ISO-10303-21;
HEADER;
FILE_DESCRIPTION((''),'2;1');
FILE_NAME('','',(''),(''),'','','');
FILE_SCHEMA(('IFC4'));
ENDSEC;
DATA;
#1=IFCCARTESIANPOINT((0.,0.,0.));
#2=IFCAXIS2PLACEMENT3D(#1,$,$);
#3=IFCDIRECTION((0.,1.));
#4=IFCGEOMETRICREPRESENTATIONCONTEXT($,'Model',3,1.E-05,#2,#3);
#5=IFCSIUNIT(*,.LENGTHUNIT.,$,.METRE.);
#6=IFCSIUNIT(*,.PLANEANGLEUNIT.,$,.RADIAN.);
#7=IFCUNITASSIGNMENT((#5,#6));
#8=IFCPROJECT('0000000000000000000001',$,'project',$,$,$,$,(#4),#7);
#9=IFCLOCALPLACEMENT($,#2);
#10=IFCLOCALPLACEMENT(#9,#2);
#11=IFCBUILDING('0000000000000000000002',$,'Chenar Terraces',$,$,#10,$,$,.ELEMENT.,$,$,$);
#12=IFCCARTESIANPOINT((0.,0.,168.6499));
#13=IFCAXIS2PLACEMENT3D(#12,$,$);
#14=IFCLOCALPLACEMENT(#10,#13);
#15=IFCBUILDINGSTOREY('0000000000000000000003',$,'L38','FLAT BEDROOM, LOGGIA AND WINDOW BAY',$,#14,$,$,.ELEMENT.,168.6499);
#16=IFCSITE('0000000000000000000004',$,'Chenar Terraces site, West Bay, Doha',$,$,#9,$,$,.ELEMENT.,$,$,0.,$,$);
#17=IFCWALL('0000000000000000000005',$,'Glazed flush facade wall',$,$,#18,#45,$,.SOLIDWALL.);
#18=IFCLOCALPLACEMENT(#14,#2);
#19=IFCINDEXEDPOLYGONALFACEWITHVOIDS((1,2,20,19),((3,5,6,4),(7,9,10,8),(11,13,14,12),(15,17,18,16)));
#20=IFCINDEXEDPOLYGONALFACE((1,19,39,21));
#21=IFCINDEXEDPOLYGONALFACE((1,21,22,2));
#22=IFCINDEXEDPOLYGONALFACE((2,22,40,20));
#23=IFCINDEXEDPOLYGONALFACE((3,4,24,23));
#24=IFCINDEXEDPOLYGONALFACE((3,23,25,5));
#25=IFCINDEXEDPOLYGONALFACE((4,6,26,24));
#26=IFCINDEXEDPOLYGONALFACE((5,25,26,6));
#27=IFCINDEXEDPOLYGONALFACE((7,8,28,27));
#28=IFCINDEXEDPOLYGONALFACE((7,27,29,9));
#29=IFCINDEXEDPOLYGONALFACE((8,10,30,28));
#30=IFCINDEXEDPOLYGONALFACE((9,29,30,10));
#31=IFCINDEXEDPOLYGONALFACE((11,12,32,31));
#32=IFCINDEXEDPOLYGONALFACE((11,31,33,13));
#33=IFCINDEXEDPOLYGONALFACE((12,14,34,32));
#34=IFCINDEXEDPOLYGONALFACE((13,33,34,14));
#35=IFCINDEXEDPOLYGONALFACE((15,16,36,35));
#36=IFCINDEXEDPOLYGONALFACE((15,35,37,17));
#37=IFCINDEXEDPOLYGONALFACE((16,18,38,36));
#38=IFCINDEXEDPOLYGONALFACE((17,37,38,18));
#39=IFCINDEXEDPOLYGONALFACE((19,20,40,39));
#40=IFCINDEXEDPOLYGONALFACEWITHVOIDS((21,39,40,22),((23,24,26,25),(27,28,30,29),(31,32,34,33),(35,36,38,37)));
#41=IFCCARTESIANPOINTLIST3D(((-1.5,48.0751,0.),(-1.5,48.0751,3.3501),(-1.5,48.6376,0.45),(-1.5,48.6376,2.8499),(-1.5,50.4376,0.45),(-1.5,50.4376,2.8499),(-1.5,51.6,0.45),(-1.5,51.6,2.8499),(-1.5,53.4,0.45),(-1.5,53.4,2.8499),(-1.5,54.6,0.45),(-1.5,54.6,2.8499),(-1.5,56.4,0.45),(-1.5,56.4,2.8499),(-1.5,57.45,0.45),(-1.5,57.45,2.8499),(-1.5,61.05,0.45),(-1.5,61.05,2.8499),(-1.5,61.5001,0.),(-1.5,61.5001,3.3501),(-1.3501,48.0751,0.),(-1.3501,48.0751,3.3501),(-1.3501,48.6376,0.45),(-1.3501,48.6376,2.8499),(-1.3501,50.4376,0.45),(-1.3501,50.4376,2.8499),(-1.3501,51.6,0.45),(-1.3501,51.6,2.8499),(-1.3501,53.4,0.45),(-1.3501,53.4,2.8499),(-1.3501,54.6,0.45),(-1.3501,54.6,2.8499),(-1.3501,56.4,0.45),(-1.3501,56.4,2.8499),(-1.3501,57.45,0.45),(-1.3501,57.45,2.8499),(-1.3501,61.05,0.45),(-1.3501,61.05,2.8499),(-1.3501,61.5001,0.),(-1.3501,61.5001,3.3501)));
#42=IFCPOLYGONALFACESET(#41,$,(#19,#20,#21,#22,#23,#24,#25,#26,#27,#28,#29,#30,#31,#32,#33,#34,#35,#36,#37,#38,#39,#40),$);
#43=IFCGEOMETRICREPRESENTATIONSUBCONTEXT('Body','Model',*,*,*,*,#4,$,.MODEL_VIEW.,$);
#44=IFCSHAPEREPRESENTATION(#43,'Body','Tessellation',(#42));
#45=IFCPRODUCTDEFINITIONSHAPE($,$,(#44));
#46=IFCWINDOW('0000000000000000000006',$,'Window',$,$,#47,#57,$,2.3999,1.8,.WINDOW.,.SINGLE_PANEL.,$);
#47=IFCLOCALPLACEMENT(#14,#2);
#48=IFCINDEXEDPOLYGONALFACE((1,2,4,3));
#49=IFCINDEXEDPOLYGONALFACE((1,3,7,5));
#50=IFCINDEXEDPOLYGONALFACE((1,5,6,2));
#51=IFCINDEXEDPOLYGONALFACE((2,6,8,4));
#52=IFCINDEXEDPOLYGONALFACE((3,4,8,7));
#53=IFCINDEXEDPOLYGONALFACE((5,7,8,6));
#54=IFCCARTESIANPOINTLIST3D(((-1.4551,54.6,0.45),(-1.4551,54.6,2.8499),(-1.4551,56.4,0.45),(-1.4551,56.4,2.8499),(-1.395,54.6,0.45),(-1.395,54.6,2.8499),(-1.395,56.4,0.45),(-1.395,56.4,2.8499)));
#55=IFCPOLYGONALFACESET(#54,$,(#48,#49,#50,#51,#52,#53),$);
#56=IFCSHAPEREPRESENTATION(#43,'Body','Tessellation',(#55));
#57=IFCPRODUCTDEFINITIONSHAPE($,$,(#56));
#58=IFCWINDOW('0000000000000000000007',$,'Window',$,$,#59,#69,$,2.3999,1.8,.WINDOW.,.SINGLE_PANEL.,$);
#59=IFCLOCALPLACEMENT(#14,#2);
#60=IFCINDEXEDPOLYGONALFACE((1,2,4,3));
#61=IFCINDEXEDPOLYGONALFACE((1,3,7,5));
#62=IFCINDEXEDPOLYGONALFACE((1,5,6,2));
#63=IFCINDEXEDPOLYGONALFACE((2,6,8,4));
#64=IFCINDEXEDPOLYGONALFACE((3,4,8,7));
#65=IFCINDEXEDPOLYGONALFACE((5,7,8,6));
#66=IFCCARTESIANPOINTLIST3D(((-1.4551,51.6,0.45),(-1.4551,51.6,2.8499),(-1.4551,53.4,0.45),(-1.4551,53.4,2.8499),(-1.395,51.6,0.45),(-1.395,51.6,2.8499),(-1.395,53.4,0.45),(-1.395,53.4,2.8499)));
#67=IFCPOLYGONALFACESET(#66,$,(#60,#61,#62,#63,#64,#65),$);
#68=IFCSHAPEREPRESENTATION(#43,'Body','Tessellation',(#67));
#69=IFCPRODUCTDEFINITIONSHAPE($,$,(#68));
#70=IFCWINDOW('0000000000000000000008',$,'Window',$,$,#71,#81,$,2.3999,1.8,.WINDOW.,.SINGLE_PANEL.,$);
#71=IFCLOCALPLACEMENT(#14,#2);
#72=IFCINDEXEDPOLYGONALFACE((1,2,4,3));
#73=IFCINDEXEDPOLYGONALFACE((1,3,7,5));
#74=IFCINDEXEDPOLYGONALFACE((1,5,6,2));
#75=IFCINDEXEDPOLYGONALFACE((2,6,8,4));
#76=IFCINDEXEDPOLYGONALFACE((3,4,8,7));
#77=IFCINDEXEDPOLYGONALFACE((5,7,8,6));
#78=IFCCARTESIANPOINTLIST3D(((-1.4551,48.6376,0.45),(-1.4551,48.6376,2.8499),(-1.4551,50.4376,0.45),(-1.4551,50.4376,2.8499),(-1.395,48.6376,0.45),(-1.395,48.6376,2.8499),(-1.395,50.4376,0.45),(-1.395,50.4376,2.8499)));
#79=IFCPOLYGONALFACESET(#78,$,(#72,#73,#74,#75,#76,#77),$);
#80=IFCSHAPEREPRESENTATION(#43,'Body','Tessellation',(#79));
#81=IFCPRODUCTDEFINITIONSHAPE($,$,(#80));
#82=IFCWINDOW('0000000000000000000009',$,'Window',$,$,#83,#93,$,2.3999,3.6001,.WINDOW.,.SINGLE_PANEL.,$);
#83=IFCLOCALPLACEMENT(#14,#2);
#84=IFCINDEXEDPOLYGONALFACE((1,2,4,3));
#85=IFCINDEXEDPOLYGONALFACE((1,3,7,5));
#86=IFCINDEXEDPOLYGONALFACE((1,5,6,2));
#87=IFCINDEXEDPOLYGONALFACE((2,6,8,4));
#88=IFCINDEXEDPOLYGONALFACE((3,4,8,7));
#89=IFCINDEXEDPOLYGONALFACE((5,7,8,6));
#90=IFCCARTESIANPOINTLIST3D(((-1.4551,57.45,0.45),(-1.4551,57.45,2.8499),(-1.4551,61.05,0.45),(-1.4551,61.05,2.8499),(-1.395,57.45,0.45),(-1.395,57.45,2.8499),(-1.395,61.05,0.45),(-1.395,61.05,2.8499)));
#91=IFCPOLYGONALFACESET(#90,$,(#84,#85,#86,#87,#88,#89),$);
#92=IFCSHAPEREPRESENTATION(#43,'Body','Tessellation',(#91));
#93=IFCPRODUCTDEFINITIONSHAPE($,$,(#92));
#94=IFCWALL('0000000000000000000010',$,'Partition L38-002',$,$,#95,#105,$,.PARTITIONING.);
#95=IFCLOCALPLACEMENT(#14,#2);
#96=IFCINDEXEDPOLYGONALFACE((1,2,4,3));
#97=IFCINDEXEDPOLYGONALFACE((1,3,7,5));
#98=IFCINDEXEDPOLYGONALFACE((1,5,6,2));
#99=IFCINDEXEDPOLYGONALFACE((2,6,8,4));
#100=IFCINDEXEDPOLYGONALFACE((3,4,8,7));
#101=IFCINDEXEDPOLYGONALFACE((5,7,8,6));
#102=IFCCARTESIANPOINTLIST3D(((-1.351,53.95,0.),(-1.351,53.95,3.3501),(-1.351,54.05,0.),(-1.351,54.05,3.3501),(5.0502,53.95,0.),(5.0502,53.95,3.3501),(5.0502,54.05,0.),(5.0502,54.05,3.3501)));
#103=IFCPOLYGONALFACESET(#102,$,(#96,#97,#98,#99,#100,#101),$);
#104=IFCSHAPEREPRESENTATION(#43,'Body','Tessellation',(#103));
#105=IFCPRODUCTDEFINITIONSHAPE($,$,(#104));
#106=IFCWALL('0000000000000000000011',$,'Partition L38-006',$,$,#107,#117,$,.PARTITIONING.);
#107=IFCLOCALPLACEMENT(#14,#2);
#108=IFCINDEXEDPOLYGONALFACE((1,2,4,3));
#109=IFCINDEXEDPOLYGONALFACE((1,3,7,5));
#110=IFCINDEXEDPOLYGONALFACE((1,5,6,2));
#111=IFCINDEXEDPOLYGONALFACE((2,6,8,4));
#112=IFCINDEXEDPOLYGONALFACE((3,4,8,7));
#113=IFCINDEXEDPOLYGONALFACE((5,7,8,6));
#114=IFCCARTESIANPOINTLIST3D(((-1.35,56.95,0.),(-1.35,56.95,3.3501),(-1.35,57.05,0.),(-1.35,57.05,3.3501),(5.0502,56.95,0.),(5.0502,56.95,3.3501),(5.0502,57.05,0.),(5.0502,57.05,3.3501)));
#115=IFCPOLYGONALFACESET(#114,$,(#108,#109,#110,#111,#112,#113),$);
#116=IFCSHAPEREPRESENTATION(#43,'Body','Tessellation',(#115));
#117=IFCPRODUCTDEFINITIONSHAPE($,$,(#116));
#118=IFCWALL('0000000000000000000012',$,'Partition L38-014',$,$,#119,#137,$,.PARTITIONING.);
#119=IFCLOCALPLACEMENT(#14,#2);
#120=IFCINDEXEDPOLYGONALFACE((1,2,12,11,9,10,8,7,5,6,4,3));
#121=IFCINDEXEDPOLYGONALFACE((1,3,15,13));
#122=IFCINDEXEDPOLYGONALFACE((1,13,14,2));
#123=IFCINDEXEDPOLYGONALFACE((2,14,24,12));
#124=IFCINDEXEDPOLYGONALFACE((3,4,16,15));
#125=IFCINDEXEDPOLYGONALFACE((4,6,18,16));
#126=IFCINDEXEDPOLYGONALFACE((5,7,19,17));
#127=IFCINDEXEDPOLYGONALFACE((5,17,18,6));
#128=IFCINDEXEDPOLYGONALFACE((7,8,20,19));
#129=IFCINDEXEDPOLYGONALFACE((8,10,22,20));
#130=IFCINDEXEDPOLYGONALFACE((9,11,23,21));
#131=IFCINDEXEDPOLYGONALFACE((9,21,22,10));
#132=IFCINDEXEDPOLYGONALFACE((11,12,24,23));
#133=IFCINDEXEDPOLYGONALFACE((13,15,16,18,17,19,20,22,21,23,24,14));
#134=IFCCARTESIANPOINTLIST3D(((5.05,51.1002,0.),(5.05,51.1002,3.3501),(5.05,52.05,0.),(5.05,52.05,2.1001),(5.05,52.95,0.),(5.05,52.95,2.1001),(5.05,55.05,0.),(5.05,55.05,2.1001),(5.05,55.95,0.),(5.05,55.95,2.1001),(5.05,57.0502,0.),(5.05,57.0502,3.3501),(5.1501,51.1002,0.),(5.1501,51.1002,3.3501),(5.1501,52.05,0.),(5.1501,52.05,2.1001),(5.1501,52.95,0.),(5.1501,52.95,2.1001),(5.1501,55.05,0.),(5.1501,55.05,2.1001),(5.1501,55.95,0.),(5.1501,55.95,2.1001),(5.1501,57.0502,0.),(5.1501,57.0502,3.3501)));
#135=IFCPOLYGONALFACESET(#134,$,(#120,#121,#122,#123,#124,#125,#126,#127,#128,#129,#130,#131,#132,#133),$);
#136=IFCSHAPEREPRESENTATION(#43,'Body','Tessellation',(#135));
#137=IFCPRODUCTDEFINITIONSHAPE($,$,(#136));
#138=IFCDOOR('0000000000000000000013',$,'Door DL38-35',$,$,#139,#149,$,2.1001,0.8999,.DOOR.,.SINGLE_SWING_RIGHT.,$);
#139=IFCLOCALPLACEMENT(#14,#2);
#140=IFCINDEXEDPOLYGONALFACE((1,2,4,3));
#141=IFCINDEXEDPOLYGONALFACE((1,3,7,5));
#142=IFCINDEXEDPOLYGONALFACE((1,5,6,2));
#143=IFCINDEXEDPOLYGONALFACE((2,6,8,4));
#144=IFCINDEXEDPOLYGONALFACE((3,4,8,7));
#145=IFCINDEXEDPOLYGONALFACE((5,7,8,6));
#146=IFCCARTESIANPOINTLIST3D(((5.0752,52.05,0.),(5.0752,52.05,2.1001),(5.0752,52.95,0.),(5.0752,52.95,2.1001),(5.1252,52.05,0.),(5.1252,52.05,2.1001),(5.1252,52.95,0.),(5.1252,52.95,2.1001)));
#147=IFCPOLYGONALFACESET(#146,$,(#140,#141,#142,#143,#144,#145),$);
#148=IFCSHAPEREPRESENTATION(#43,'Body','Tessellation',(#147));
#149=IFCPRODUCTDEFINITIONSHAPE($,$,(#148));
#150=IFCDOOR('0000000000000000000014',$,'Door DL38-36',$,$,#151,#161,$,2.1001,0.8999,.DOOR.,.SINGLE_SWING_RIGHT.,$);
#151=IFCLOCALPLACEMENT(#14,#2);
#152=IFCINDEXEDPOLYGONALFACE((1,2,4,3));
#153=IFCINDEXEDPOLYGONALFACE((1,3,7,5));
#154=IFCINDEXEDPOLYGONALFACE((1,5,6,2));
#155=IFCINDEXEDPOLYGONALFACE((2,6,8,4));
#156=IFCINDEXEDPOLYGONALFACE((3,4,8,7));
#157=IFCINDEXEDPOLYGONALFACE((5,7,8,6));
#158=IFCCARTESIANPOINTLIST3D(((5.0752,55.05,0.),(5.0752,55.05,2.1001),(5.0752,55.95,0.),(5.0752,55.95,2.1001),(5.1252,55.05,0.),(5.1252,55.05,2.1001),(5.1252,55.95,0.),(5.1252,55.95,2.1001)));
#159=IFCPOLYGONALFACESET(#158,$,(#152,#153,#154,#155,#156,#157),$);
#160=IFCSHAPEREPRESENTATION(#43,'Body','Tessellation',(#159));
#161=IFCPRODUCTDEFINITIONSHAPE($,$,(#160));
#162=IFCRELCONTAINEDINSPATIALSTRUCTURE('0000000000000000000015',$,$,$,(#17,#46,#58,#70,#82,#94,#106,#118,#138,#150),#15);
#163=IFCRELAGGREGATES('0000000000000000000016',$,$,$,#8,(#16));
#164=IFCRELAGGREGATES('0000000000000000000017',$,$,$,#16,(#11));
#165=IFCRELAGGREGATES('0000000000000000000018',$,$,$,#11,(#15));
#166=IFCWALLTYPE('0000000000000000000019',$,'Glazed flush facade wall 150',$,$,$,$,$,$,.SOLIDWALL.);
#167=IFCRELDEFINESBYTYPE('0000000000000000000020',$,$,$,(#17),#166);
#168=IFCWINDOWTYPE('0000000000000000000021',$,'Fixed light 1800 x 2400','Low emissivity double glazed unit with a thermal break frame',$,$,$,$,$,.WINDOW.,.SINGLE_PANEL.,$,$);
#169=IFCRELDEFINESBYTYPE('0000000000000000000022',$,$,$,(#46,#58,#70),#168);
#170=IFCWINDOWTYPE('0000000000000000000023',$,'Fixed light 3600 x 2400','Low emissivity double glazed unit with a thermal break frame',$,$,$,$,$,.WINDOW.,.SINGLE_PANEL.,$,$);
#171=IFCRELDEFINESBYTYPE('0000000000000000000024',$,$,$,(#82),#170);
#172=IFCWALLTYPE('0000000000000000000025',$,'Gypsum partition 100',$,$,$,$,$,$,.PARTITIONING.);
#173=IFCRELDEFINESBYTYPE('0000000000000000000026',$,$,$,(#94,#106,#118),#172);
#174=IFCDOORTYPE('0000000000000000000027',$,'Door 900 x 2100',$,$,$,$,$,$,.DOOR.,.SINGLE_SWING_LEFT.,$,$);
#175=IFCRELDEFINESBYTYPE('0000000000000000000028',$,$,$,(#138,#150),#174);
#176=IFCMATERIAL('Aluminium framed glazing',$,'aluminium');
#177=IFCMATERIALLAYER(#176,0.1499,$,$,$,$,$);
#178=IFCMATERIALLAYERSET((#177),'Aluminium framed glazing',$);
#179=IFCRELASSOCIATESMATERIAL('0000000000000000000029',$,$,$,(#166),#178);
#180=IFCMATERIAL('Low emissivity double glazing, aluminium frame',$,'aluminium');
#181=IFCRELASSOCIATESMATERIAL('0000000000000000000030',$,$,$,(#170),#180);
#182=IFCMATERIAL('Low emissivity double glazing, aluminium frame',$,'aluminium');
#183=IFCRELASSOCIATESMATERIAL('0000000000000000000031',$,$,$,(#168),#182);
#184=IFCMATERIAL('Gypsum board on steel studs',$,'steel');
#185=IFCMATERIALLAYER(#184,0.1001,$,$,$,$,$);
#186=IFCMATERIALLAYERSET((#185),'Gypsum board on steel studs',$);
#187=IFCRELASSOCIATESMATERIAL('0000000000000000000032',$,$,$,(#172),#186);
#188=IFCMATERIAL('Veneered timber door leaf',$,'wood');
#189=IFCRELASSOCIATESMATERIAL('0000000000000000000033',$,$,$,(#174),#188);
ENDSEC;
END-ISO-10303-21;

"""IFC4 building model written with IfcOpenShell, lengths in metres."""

from ifc_helpers import new_model, si_unit, direction, frame, frame_2d, origin, place, context, subcontext, project, spatial, rectangle, extrude, material, layer, layer_set, type_object, element, fill, save


model = new_model("IFC4")

# Units and contexts
model_context = context("Model", 3, precision=1e-05, world=origin(), true_north=direction((0.0, 1.0)))
body_context = subcontext(model_context, "Body", "Model", "MODEL_VIEW")
ifc_project = project(units=[si_unit("LENGTHUNIT", "METRE"), si_unit("PLANEANGLEUNIT", "RADIAN")], contexts=[model_context])

# Site, building, storey
site_placement = place(None, origin())
site = spatial("IfcSite", under=ifc_project, at=site_placement, Name="Chenar Terraces site, West Bay, Doha", CompositionType="ELEMENT", RefElevation=0.0)
building_placement = place(site_placement, origin())
building = spatial("IfcBuilding", under=site, at=building_placement, Name="Chenar Terraces", CompositionType="ELEMENT")
storey_placement = place(building_placement, frame((0.0, 0.0, 168.6499)))
storey = spatial("IfcBuildingStorey", under=building, at=storey_placement, Name="L38", Description="FLAT BEDROOM, LOGGIA AND WINDOW BAY", CompositionType="ELEMENT", Elevation=168.6499)

# Wall, openings, windows
ifc_material_1 = material(Name="Aluminium framed glazing", Category="aluminium")
ifc_layer_1 = layer(ifc_material_1, 0.1499)
ifc_layer_set_1 = layer_set([ifc_layer_1], Name="Aluminium framed glazing")
wall_type_1 = type_object("IfcWallType", Name="Glazed flush facade wall 150", PredefinedType="SOLIDWALL", material=ifc_layer_set_1)
ifc_material_2 = material(Name="Low emissivity double glazing, aluminium frame", Category="aluminium")
window_type_1 = type_object("IfcWindowType", Name="Fixed light 3600 x 2400", Description="Low emissivity double glazed unit with a thermal break frame", PartitioningType="SINGLE_PANEL", PredefinedType="WINDOW", material=ifc_material_2)
wall_1_placement = place(storey_placement, frame((-1.425, 61.5, 0.0), z_axis=(0.0, 0.0, 1.0), x_axis=(0.0, -1.0, 0.0)))
wall_1 = element("IfcWall", 1, at=wall_1_placement, inside=storey, type_object=wall_type_1, Name="Glazed flush facade wall", PredefinedType="SOLIDWALL", context=body_context, shape_type="SweptSolid", body=[
    extrude(rectangle(XDim=13.425, YDim=0.1499, at=frame_2d((6.7124, 0.0))), origin(), (0.0, 0.0, 1.0), 3.3501),
])
opening_1_placement = place(wall_1_placement, frame((0.45, 0.0, 0.45)))
opening_1 = element("IfcOpeningElement", 2, at=opening_1_placement, cuts=wall_1, PredefinedType="OPENING", context=body_context, shape_type="SweptSolid", body=[
    extrude(rectangle(XDim=3.6001, YDim=2.3999, at=frame_2d((1.8, 1.2))), frame((0.0, 0.085, 0.0), z_axis=(0.0, -1.0, 0.0), x_axis=(1.0, 0.0, 0.0)), (0.0, 0.0, 1.0), 0.1699),
])
opening_2_placement = place(wall_1_placement, frame((5.1001, 0.0, 0.45)))
opening_2 = element("IfcOpeningElement", 3, at=opening_2_placement, cuts=wall_1, PredefinedType="OPENING", context=body_context, shape_type="SweptSolid", body=[
    extrude(rectangle(XDim=1.8, YDim=2.3999, at=frame_2d((0.8999, 1.2))), frame((0.0, 0.085, 0.0), z_axis=(0.0, -1.0, 0.0), x_axis=(1.0, 0.0, 0.0)), (0.0, 0.0, 1.0), 0.1699),
])
opening_3_placement = place(wall_1_placement, frame((8.1001, 0.0, 0.45)))
opening_3 = element("IfcOpeningElement", 4, at=opening_3_placement, cuts=wall_1, PredefinedType="OPENING", context=body_context, shape_type="SweptSolid", body=[
    extrude(rectangle(XDim=1.8, YDim=2.3999, at=frame_2d((0.8999, 1.2))), frame((0.0, 0.085, 0.0), z_axis=(0.0, -1.0, 0.0), x_axis=(1.0, 0.0, 0.0)), (0.0, 0.0, 1.0), 0.1699),
])
opening_4_placement = place(wall_1_placement, frame((11.0625, 0.0, 0.45)))
opening_4 = element("IfcOpeningElement", 5, at=opening_4_placement, cuts=wall_1, PredefinedType="OPENING", context=body_context, shape_type="SweptSolid", body=[
    extrude(rectangle(XDim=1.8, YDim=2.3999, at=frame_2d((0.8999, 1.2))), frame((0.0, 0.085, 0.0), z_axis=(0.0, -1.0, 0.0), x_axis=(1.0, 0.0, 0.0)), (0.0, 0.0, 1.0), 0.1699),
])
ifc_material_3 = material(Name="Low emissivity double glazing, aluminium frame", Category="aluminium")
window_type_2 = type_object("IfcWindowType", Name="Fixed light 1800 x 2400", Description="Low emissivity double glazed unit with a thermal break frame", PartitioningType="SINGLE_PANEL", PredefinedType="WINDOW", material=ifc_material_3)
window_1_placement = place(opening_2_placement, origin())
window_1 = element("IfcWindow", 6, at=window_1_placement, inside=storey, type_object=window_type_2, Name="Window", OverallHeight=2.3999, OverallWidth=1.8, PartitioningType="SINGLE_PANEL", PredefinedType="WINDOW", context=body_context, shape_type="SweptSolid", body=[
    extrude(rectangle(XDim=1.8, YDim=2.3999, at=frame_2d((0.8999, 1.2))), frame((0.0, 0.03, 0.0), z_axis=(0.0, -1.0, 0.0), x_axis=(1.0, 0.0, 0.0)), (0.0, 0.0, 1.0), 0.0601),
])
fill(opening_2, window_1)
window_2_placement = place(opening_3_placement, origin())
window_2 = element("IfcWindow", 7, at=window_2_placement, inside=storey, type_object=window_type_2, Name="Window", OverallHeight=2.3999, OverallWidth=1.8, PartitioningType="SINGLE_PANEL", PredefinedType="WINDOW", context=body_context, shape_type="SweptSolid", body=[
    extrude(rectangle(XDim=1.8, YDim=2.3999, at=frame_2d((0.8999, 1.2))), frame((0.0, 0.03, 0.0), z_axis=(0.0, -1.0, 0.0), x_axis=(1.0, 0.0, 0.0)), (0.0, 0.0, 1.0), 0.0601),
])
fill(opening_3, window_2)
window_3_placement = place(opening_4_placement, origin())
window_3 = element("IfcWindow", 8, at=window_3_placement, inside=storey, type_object=window_type_2, Name="Window", OverallHeight=2.3999, OverallWidth=1.8, PartitioningType="SINGLE_PANEL", PredefinedType="WINDOW", context=body_context, shape_type="SweptSolid", body=[
    extrude(rectangle(XDim=1.8, YDim=2.3999, at=frame_2d((0.8999, 1.2))), frame((0.0, 0.03, 0.0), z_axis=(0.0, -1.0, 0.0), x_axis=(1.0, 0.0, 0.0)), (0.0, 0.0, 1.0), 0.0601),
])
fill(opening_4, window_3)
window_4_placement = place(opening_1_placement, origin())
window_4 = element("IfcWindow", 9, at=window_4_placement, inside=storey, type_object=window_type_1, Name="Window", OverallHeight=2.3999, OverallWidth=3.6001, PartitioningType="SINGLE_PANEL", PredefinedType="WINDOW", context=body_context, shape_type="SweptSolid", body=[
    extrude(rectangle(XDim=3.6001, YDim=2.3999, at=frame_2d((1.8, 1.2))), frame((0.0, 0.03, 0.0), z_axis=(0.0, -1.0, 0.0), x_axis=(1.0, 0.0, 0.0)), (0.0, 0.0, 1.0), 0.0601),
])
fill(opening_1, window_4)

# Walls
ifc_material_4 = material(Name="Gypsum board on steel studs", Category="steel")
ifc_layer_2 = layer(ifc_material_4, 0.1001)
ifc_layer_set_2 = layer_set([ifc_layer_2], Name="Gypsum board on steel studs")
wall_type_2 = type_object("IfcWallType", Name="Gypsum partition 100", PredefinedType="PARTITIONING", material=ifc_layer_set_2)
wall_2_placement = place(storey_placement, frame((-1.3511, 54.0, 0.0), z_axis=(0.0, 0.0, 1.0), x_axis=(1.0, 0.0, 0.0)))
element("IfcWall", 10, at=wall_2_placement, inside=storey, type_object=wall_type_2, Name="Partition L38-002", PredefinedType="PARTITIONING", context=body_context, shape_type="SweptSolid", body=[
    extrude(rectangle(XDim=6.4011, YDim=0.1001, at=frame_2d((3.2007, 0.0))), origin(), (0.0, 0.0, 1.0), 3.3501),
])
wall_3_placement = place(storey_placement, frame((-1.3501, 57.0, 0.0), z_axis=(0.0, 0.0, 1.0), x_axis=(1.0, 0.0, 0.0)))
element("IfcWall", 11, at=wall_3_placement, inside=storey, type_object=wall_type_2, Name="Partition L38-006", PredefinedType="PARTITIONING", context=body_context, shape_type="SweptSolid", body=[
    extrude(rectangle(XDim=6.4001, YDim=0.1001, at=frame_2d((3.2002, 0.0))), origin(), (0.0, 0.0, 1.0), 3.3501),
])

# Wall, openings, doors
wall_4_placement = place(storey_placement, frame((5.1001, 51.1001, 0.0), z_axis=(0.0, 0.0, 1.0), x_axis=(0.0, 1.0, 0.0)))
wall_4 = element("IfcWall", 12, at=wall_4_placement, inside=storey, type_object=wall_type_2, Name="Partition L38-014", PredefinedType="PARTITIONING", context=body_context, shape_type="SweptSolid", body=[
    extrude(rectangle(XDim=5.95, YDim=0.1001, at=frame_2d((2.9751, 0.0))), origin(), (0.0, 0.0, 1.0), 3.3501),
])
opening_5_placement = place(wall_4_placement, frame((0.95, 0.0, 0.0)))
opening_5 = element("IfcOpeningElement", 13, at=opening_5_placement, cuts=wall_4, PredefinedType="OPENING", context=body_context, shape_type="SweptSolid", body=[
    extrude(rectangle(XDim=0.8999, YDim=2.1001, at=frame_2d((0.45, 1.05))), frame((0.0, 0.0601, 0.0), z_axis=(0.0, -1.0, 0.0), x_axis=(1.0, 0.0, 0.0)), (0.0, 0.0, 1.0), 0.1201),
])
opening_6_placement = place(wall_4_placement, frame((3.95, 0.0, 0.0)))
opening_6 = element("IfcOpeningElement", 14, at=opening_6_placement, cuts=wall_4, PredefinedType="OPENING", context=body_context, shape_type="SweptSolid", body=[
    extrude(rectangle(XDim=0.8999, YDim=2.1001, at=frame_2d((0.45, 1.05))), frame((0.0, 0.0601, 0.0), z_axis=(0.0, -1.0, 0.0), x_axis=(1.0, 0.0, 0.0)), (0.0, 0.0, 1.0), 0.1201),
])
ifc_material_5 = material(Name="Veneered timber door leaf", Category="wood")
door_type_1 = type_object("IfcDoorType", Name="Door 900 x 2100", OperationType="SINGLE_SWING_LEFT", PredefinedType="DOOR", material=ifc_material_5)
door_1_placement = place(opening_5_placement, origin())
door_1 = element("IfcDoor", 15, at=door_1_placement, inside=storey, type_object=door_type_1, Name="Door DL38-35", OperationType="SINGLE_SWING_RIGHT", OverallHeight=2.1001, OverallWidth=0.8999, PredefinedType="DOOR", context=body_context, shape_type="SweptSolid", body=[
    extrude(rectangle(XDim=0.8999, YDim=2.1001, at=frame_2d((0.45, 1.05))), frame((0.0, 0.0249, 0.0), z_axis=(0.0, -1.0, 0.0), x_axis=(1.0, 0.0, 0.0)), (0.0, 0.0, 1.0), 0.05),
])
fill(opening_5, door_1)
door_2_placement = place(opening_6_placement, origin())
door_2 = element("IfcDoor", 16, at=door_2_placement, inside=storey, type_object=door_type_1, Name="Door DL38-36", OperationType="SINGLE_SWING_RIGHT", OverallHeight=2.1001, OverallWidth=0.8999, PredefinedType="DOOR", context=body_context, shape_type="SweptSolid", body=[
    extrude(rectangle(XDim=0.8999, YDim=2.1001, at=frame_2d((0.45, 1.05))), frame((0.0, 0.0249, 0.0), z_axis=(0.0, -1.0, 0.0), x_axis=(1.0, 0.0, 0.0)), (0.0, 0.0, 1.0), 0.05),
])
fill(opening_6, door_2)

save(model, "model.ifc")
